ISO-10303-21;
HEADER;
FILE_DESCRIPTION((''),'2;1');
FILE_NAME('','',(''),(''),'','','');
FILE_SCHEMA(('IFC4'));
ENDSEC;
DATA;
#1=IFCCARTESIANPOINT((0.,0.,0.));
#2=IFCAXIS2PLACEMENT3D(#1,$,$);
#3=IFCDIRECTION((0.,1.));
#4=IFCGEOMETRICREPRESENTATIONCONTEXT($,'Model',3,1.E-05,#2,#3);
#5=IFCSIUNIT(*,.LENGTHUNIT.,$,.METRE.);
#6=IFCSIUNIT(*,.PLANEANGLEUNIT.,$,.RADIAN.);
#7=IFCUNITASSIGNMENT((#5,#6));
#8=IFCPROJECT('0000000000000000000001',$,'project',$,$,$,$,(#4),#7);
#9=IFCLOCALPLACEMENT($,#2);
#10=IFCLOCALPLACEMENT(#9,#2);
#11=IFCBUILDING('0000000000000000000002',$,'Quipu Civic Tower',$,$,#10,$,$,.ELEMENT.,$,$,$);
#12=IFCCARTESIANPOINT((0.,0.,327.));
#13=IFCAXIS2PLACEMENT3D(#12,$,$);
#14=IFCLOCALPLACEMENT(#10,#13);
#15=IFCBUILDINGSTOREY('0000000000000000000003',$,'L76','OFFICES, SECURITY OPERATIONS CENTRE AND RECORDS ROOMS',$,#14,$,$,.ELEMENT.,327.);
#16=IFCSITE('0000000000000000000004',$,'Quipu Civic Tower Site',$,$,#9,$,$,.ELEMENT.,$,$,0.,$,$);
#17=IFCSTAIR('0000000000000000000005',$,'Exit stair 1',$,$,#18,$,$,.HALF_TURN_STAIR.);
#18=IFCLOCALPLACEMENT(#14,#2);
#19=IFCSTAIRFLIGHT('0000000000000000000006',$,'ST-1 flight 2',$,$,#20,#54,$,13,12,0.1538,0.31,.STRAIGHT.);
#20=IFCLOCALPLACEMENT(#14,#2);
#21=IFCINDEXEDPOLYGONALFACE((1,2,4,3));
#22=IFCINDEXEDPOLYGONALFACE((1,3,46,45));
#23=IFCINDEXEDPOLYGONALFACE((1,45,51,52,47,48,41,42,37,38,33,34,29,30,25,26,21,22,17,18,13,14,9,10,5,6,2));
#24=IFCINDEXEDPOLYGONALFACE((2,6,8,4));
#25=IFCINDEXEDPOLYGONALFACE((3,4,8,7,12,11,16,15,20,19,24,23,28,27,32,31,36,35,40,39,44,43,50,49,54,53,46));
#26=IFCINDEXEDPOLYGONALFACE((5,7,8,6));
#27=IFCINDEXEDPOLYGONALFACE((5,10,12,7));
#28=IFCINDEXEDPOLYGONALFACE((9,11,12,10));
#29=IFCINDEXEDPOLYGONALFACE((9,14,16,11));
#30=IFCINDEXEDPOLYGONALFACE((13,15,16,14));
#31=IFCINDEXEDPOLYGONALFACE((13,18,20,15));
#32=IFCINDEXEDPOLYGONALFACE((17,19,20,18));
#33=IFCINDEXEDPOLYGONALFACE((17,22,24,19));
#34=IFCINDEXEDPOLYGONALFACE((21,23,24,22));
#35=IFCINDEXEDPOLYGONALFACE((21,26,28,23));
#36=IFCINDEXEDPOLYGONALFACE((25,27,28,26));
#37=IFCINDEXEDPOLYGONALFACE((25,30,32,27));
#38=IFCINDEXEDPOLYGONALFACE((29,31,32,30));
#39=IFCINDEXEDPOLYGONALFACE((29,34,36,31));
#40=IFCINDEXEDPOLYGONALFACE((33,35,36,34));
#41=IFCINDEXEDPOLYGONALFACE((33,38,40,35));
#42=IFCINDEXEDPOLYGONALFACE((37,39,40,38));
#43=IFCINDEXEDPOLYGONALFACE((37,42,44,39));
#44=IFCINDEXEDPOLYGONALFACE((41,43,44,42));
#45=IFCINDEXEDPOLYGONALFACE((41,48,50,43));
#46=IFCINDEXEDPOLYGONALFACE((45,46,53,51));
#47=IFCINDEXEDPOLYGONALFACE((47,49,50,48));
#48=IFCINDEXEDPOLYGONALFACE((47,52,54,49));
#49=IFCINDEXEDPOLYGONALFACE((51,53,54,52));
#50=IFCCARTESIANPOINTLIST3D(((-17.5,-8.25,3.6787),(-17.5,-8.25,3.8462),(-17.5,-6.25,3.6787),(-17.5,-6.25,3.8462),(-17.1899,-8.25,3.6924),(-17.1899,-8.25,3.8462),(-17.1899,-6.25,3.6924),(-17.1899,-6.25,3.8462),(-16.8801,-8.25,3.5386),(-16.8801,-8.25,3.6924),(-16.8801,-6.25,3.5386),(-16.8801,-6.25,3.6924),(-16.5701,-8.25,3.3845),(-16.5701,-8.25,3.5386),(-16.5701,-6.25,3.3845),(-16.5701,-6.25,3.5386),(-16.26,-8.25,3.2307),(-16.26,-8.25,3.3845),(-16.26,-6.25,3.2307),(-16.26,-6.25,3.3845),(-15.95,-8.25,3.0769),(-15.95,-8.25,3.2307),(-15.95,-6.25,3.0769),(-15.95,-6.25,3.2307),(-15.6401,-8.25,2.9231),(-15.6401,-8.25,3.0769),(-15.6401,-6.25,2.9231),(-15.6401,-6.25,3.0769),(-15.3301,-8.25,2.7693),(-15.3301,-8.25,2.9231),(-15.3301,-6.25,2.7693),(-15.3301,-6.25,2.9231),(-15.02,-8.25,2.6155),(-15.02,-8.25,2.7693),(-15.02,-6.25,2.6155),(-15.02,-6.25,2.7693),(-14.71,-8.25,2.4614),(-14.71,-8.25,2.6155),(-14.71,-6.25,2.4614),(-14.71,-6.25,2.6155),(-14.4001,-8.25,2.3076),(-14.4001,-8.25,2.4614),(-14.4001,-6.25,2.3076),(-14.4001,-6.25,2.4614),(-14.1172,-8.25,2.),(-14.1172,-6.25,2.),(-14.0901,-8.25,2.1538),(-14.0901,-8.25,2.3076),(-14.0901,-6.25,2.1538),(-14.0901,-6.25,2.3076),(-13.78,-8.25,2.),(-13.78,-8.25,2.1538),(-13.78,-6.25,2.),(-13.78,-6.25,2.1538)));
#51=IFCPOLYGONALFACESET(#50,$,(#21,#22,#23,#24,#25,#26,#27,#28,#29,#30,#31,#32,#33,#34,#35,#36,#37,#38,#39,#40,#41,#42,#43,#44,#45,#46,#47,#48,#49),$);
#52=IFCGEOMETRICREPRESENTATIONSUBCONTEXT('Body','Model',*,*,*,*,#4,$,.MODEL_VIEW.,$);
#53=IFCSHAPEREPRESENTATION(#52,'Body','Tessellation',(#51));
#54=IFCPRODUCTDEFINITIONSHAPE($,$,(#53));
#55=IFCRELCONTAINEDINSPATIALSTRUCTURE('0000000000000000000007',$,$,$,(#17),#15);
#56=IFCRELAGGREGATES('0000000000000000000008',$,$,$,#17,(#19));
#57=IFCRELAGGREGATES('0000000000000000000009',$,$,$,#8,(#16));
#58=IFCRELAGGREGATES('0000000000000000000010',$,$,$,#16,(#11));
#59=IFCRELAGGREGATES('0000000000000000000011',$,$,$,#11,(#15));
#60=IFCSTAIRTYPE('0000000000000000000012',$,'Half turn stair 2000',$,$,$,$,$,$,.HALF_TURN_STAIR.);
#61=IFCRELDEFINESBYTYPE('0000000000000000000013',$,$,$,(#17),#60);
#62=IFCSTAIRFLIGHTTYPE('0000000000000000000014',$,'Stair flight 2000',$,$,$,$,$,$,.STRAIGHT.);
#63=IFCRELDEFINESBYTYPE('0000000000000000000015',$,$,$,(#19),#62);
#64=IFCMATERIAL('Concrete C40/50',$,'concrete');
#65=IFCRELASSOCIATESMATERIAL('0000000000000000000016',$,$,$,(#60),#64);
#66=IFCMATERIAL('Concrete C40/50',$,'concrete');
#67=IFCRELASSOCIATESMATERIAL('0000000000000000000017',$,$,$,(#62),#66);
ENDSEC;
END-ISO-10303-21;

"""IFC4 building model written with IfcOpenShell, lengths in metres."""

from ifc_helpers import new_model, si_unit, direction, frame, origin, place, context, subcontext, project, spatial, polyline, outline, extrude, material, type_object, element, aggregate, save


model = new_model("IFC4")

# Units and contexts
model_context = context("Model", 3, precision=1e-05, world=origin(), true_north=direction((0.0, 1.0)))
body_context = subcontext(model_context, "Body", "Model", "MODEL_VIEW")
ifc_project = project(units=[si_unit("LENGTHUNIT", "METRE"), si_unit("PLANEANGLEUNIT", "RADIAN")], contexts=[model_context])

# Site, building, storey
site_placement = place(None, origin())
site = spatial("IfcSite", under=ifc_project, at=site_placement, Name="Quipu Civic Tower Site", CompositionType="ELEMENT", RefElevation=0.0)
building_placement = place(site_placement, origin())
building = spatial("IfcBuilding", under=site, at=building_placement, Name="Quipu Civic Tower", CompositionType="ELEMENT")
storey_placement = place(building_placement, frame((0.0, 0.0, 327.0)))
storey = spatial("IfcBuildingStorey", under=building, at=storey_placement, Name="L76", Description="OFFICES, SECURITY OPERATIONS CENTRE AND RECORDS ROOMS", CompositionType="ELEMENT", Elevation=327.0)

# Stair, stair flight
ifc_material_1 = material(Name="Concrete C40/50", Category="concrete")
stair_type = type_object("IfcStairType", Name="Half turn stair 2000", PredefinedType="HALF_TURN_STAIR", material=ifc_material_1)
stair_placement = place(storey_placement, origin())
stair = element("IfcStair", 1, at=stair_placement, inside=storey, type_object=stair_type, Name="Exit stair 1", PredefinedType="HALF_TURN_STAIR")
ifc_material_2 = material(Name="Concrete C40/50", Category="concrete")
stair_flight_type = type_object("IfcStairFlightType", Name="Stair flight 2000", PredefinedType="STRAIGHT", material=ifc_material_2)
stair_flight_1_placement = place(storey_placement, frame((-13.78, -7.25, 2.0), z_axis=(0.0, 0.0, 1.0), x_axis=(-1.0, 0.0, 0.0)))
stair_flight_1 = element("IfcStairFlight", 2, at=stair_flight_1_placement, type_object=stair_flight_type, Name="ST-1 flight 2", NumberOfRisers=13, NumberOfTreads=12, PredefinedType="STRAIGHT", RiserHeight=0.1538, TreadLength=0.31, context=body_context, shape_type="SweptSolid", body=[
    extrude(outline(polyline([(0.0, 0.0), (0.0, 0.1538), (0.3101, 0.1538), (0.3101, 0.3076), (0.6201, 0.3076), (0.6201, 0.4614), (0.9299, 0.4614), (0.9299, 0.6155), (1.24, 0.6155), (1.24, 0.7693), (1.55, 0.7693), (1.55, 0.9231), (1.8601, 0.9231), (1.8601, 1.0769), (2.1699, 1.0769), (2.1699, 1.2307), (2.48, 1.2307), (2.48, 1.3845), (2.79, 1.3845), (2.79, 1.5386), (3.1001, 1.5386), (3.1001, 1.6924), (3.4099, 1.6924), (3.4099, 1.8462), (3.72, 1.8462), (3.72, 2.0), (3.72, 1.6787), (0.3372, 0.0), (0.0, 0.0)])), frame((0.0, 1.0, 0.0), z_axis=(0.0, -1.0, 0.0), x_axis=(1.0, 0.0, 0.0)), (0.0, 0.0, 1.0), 2.0),
])
aggregate(stair, [stair_flight_1])

save(model, "model.ifc")
